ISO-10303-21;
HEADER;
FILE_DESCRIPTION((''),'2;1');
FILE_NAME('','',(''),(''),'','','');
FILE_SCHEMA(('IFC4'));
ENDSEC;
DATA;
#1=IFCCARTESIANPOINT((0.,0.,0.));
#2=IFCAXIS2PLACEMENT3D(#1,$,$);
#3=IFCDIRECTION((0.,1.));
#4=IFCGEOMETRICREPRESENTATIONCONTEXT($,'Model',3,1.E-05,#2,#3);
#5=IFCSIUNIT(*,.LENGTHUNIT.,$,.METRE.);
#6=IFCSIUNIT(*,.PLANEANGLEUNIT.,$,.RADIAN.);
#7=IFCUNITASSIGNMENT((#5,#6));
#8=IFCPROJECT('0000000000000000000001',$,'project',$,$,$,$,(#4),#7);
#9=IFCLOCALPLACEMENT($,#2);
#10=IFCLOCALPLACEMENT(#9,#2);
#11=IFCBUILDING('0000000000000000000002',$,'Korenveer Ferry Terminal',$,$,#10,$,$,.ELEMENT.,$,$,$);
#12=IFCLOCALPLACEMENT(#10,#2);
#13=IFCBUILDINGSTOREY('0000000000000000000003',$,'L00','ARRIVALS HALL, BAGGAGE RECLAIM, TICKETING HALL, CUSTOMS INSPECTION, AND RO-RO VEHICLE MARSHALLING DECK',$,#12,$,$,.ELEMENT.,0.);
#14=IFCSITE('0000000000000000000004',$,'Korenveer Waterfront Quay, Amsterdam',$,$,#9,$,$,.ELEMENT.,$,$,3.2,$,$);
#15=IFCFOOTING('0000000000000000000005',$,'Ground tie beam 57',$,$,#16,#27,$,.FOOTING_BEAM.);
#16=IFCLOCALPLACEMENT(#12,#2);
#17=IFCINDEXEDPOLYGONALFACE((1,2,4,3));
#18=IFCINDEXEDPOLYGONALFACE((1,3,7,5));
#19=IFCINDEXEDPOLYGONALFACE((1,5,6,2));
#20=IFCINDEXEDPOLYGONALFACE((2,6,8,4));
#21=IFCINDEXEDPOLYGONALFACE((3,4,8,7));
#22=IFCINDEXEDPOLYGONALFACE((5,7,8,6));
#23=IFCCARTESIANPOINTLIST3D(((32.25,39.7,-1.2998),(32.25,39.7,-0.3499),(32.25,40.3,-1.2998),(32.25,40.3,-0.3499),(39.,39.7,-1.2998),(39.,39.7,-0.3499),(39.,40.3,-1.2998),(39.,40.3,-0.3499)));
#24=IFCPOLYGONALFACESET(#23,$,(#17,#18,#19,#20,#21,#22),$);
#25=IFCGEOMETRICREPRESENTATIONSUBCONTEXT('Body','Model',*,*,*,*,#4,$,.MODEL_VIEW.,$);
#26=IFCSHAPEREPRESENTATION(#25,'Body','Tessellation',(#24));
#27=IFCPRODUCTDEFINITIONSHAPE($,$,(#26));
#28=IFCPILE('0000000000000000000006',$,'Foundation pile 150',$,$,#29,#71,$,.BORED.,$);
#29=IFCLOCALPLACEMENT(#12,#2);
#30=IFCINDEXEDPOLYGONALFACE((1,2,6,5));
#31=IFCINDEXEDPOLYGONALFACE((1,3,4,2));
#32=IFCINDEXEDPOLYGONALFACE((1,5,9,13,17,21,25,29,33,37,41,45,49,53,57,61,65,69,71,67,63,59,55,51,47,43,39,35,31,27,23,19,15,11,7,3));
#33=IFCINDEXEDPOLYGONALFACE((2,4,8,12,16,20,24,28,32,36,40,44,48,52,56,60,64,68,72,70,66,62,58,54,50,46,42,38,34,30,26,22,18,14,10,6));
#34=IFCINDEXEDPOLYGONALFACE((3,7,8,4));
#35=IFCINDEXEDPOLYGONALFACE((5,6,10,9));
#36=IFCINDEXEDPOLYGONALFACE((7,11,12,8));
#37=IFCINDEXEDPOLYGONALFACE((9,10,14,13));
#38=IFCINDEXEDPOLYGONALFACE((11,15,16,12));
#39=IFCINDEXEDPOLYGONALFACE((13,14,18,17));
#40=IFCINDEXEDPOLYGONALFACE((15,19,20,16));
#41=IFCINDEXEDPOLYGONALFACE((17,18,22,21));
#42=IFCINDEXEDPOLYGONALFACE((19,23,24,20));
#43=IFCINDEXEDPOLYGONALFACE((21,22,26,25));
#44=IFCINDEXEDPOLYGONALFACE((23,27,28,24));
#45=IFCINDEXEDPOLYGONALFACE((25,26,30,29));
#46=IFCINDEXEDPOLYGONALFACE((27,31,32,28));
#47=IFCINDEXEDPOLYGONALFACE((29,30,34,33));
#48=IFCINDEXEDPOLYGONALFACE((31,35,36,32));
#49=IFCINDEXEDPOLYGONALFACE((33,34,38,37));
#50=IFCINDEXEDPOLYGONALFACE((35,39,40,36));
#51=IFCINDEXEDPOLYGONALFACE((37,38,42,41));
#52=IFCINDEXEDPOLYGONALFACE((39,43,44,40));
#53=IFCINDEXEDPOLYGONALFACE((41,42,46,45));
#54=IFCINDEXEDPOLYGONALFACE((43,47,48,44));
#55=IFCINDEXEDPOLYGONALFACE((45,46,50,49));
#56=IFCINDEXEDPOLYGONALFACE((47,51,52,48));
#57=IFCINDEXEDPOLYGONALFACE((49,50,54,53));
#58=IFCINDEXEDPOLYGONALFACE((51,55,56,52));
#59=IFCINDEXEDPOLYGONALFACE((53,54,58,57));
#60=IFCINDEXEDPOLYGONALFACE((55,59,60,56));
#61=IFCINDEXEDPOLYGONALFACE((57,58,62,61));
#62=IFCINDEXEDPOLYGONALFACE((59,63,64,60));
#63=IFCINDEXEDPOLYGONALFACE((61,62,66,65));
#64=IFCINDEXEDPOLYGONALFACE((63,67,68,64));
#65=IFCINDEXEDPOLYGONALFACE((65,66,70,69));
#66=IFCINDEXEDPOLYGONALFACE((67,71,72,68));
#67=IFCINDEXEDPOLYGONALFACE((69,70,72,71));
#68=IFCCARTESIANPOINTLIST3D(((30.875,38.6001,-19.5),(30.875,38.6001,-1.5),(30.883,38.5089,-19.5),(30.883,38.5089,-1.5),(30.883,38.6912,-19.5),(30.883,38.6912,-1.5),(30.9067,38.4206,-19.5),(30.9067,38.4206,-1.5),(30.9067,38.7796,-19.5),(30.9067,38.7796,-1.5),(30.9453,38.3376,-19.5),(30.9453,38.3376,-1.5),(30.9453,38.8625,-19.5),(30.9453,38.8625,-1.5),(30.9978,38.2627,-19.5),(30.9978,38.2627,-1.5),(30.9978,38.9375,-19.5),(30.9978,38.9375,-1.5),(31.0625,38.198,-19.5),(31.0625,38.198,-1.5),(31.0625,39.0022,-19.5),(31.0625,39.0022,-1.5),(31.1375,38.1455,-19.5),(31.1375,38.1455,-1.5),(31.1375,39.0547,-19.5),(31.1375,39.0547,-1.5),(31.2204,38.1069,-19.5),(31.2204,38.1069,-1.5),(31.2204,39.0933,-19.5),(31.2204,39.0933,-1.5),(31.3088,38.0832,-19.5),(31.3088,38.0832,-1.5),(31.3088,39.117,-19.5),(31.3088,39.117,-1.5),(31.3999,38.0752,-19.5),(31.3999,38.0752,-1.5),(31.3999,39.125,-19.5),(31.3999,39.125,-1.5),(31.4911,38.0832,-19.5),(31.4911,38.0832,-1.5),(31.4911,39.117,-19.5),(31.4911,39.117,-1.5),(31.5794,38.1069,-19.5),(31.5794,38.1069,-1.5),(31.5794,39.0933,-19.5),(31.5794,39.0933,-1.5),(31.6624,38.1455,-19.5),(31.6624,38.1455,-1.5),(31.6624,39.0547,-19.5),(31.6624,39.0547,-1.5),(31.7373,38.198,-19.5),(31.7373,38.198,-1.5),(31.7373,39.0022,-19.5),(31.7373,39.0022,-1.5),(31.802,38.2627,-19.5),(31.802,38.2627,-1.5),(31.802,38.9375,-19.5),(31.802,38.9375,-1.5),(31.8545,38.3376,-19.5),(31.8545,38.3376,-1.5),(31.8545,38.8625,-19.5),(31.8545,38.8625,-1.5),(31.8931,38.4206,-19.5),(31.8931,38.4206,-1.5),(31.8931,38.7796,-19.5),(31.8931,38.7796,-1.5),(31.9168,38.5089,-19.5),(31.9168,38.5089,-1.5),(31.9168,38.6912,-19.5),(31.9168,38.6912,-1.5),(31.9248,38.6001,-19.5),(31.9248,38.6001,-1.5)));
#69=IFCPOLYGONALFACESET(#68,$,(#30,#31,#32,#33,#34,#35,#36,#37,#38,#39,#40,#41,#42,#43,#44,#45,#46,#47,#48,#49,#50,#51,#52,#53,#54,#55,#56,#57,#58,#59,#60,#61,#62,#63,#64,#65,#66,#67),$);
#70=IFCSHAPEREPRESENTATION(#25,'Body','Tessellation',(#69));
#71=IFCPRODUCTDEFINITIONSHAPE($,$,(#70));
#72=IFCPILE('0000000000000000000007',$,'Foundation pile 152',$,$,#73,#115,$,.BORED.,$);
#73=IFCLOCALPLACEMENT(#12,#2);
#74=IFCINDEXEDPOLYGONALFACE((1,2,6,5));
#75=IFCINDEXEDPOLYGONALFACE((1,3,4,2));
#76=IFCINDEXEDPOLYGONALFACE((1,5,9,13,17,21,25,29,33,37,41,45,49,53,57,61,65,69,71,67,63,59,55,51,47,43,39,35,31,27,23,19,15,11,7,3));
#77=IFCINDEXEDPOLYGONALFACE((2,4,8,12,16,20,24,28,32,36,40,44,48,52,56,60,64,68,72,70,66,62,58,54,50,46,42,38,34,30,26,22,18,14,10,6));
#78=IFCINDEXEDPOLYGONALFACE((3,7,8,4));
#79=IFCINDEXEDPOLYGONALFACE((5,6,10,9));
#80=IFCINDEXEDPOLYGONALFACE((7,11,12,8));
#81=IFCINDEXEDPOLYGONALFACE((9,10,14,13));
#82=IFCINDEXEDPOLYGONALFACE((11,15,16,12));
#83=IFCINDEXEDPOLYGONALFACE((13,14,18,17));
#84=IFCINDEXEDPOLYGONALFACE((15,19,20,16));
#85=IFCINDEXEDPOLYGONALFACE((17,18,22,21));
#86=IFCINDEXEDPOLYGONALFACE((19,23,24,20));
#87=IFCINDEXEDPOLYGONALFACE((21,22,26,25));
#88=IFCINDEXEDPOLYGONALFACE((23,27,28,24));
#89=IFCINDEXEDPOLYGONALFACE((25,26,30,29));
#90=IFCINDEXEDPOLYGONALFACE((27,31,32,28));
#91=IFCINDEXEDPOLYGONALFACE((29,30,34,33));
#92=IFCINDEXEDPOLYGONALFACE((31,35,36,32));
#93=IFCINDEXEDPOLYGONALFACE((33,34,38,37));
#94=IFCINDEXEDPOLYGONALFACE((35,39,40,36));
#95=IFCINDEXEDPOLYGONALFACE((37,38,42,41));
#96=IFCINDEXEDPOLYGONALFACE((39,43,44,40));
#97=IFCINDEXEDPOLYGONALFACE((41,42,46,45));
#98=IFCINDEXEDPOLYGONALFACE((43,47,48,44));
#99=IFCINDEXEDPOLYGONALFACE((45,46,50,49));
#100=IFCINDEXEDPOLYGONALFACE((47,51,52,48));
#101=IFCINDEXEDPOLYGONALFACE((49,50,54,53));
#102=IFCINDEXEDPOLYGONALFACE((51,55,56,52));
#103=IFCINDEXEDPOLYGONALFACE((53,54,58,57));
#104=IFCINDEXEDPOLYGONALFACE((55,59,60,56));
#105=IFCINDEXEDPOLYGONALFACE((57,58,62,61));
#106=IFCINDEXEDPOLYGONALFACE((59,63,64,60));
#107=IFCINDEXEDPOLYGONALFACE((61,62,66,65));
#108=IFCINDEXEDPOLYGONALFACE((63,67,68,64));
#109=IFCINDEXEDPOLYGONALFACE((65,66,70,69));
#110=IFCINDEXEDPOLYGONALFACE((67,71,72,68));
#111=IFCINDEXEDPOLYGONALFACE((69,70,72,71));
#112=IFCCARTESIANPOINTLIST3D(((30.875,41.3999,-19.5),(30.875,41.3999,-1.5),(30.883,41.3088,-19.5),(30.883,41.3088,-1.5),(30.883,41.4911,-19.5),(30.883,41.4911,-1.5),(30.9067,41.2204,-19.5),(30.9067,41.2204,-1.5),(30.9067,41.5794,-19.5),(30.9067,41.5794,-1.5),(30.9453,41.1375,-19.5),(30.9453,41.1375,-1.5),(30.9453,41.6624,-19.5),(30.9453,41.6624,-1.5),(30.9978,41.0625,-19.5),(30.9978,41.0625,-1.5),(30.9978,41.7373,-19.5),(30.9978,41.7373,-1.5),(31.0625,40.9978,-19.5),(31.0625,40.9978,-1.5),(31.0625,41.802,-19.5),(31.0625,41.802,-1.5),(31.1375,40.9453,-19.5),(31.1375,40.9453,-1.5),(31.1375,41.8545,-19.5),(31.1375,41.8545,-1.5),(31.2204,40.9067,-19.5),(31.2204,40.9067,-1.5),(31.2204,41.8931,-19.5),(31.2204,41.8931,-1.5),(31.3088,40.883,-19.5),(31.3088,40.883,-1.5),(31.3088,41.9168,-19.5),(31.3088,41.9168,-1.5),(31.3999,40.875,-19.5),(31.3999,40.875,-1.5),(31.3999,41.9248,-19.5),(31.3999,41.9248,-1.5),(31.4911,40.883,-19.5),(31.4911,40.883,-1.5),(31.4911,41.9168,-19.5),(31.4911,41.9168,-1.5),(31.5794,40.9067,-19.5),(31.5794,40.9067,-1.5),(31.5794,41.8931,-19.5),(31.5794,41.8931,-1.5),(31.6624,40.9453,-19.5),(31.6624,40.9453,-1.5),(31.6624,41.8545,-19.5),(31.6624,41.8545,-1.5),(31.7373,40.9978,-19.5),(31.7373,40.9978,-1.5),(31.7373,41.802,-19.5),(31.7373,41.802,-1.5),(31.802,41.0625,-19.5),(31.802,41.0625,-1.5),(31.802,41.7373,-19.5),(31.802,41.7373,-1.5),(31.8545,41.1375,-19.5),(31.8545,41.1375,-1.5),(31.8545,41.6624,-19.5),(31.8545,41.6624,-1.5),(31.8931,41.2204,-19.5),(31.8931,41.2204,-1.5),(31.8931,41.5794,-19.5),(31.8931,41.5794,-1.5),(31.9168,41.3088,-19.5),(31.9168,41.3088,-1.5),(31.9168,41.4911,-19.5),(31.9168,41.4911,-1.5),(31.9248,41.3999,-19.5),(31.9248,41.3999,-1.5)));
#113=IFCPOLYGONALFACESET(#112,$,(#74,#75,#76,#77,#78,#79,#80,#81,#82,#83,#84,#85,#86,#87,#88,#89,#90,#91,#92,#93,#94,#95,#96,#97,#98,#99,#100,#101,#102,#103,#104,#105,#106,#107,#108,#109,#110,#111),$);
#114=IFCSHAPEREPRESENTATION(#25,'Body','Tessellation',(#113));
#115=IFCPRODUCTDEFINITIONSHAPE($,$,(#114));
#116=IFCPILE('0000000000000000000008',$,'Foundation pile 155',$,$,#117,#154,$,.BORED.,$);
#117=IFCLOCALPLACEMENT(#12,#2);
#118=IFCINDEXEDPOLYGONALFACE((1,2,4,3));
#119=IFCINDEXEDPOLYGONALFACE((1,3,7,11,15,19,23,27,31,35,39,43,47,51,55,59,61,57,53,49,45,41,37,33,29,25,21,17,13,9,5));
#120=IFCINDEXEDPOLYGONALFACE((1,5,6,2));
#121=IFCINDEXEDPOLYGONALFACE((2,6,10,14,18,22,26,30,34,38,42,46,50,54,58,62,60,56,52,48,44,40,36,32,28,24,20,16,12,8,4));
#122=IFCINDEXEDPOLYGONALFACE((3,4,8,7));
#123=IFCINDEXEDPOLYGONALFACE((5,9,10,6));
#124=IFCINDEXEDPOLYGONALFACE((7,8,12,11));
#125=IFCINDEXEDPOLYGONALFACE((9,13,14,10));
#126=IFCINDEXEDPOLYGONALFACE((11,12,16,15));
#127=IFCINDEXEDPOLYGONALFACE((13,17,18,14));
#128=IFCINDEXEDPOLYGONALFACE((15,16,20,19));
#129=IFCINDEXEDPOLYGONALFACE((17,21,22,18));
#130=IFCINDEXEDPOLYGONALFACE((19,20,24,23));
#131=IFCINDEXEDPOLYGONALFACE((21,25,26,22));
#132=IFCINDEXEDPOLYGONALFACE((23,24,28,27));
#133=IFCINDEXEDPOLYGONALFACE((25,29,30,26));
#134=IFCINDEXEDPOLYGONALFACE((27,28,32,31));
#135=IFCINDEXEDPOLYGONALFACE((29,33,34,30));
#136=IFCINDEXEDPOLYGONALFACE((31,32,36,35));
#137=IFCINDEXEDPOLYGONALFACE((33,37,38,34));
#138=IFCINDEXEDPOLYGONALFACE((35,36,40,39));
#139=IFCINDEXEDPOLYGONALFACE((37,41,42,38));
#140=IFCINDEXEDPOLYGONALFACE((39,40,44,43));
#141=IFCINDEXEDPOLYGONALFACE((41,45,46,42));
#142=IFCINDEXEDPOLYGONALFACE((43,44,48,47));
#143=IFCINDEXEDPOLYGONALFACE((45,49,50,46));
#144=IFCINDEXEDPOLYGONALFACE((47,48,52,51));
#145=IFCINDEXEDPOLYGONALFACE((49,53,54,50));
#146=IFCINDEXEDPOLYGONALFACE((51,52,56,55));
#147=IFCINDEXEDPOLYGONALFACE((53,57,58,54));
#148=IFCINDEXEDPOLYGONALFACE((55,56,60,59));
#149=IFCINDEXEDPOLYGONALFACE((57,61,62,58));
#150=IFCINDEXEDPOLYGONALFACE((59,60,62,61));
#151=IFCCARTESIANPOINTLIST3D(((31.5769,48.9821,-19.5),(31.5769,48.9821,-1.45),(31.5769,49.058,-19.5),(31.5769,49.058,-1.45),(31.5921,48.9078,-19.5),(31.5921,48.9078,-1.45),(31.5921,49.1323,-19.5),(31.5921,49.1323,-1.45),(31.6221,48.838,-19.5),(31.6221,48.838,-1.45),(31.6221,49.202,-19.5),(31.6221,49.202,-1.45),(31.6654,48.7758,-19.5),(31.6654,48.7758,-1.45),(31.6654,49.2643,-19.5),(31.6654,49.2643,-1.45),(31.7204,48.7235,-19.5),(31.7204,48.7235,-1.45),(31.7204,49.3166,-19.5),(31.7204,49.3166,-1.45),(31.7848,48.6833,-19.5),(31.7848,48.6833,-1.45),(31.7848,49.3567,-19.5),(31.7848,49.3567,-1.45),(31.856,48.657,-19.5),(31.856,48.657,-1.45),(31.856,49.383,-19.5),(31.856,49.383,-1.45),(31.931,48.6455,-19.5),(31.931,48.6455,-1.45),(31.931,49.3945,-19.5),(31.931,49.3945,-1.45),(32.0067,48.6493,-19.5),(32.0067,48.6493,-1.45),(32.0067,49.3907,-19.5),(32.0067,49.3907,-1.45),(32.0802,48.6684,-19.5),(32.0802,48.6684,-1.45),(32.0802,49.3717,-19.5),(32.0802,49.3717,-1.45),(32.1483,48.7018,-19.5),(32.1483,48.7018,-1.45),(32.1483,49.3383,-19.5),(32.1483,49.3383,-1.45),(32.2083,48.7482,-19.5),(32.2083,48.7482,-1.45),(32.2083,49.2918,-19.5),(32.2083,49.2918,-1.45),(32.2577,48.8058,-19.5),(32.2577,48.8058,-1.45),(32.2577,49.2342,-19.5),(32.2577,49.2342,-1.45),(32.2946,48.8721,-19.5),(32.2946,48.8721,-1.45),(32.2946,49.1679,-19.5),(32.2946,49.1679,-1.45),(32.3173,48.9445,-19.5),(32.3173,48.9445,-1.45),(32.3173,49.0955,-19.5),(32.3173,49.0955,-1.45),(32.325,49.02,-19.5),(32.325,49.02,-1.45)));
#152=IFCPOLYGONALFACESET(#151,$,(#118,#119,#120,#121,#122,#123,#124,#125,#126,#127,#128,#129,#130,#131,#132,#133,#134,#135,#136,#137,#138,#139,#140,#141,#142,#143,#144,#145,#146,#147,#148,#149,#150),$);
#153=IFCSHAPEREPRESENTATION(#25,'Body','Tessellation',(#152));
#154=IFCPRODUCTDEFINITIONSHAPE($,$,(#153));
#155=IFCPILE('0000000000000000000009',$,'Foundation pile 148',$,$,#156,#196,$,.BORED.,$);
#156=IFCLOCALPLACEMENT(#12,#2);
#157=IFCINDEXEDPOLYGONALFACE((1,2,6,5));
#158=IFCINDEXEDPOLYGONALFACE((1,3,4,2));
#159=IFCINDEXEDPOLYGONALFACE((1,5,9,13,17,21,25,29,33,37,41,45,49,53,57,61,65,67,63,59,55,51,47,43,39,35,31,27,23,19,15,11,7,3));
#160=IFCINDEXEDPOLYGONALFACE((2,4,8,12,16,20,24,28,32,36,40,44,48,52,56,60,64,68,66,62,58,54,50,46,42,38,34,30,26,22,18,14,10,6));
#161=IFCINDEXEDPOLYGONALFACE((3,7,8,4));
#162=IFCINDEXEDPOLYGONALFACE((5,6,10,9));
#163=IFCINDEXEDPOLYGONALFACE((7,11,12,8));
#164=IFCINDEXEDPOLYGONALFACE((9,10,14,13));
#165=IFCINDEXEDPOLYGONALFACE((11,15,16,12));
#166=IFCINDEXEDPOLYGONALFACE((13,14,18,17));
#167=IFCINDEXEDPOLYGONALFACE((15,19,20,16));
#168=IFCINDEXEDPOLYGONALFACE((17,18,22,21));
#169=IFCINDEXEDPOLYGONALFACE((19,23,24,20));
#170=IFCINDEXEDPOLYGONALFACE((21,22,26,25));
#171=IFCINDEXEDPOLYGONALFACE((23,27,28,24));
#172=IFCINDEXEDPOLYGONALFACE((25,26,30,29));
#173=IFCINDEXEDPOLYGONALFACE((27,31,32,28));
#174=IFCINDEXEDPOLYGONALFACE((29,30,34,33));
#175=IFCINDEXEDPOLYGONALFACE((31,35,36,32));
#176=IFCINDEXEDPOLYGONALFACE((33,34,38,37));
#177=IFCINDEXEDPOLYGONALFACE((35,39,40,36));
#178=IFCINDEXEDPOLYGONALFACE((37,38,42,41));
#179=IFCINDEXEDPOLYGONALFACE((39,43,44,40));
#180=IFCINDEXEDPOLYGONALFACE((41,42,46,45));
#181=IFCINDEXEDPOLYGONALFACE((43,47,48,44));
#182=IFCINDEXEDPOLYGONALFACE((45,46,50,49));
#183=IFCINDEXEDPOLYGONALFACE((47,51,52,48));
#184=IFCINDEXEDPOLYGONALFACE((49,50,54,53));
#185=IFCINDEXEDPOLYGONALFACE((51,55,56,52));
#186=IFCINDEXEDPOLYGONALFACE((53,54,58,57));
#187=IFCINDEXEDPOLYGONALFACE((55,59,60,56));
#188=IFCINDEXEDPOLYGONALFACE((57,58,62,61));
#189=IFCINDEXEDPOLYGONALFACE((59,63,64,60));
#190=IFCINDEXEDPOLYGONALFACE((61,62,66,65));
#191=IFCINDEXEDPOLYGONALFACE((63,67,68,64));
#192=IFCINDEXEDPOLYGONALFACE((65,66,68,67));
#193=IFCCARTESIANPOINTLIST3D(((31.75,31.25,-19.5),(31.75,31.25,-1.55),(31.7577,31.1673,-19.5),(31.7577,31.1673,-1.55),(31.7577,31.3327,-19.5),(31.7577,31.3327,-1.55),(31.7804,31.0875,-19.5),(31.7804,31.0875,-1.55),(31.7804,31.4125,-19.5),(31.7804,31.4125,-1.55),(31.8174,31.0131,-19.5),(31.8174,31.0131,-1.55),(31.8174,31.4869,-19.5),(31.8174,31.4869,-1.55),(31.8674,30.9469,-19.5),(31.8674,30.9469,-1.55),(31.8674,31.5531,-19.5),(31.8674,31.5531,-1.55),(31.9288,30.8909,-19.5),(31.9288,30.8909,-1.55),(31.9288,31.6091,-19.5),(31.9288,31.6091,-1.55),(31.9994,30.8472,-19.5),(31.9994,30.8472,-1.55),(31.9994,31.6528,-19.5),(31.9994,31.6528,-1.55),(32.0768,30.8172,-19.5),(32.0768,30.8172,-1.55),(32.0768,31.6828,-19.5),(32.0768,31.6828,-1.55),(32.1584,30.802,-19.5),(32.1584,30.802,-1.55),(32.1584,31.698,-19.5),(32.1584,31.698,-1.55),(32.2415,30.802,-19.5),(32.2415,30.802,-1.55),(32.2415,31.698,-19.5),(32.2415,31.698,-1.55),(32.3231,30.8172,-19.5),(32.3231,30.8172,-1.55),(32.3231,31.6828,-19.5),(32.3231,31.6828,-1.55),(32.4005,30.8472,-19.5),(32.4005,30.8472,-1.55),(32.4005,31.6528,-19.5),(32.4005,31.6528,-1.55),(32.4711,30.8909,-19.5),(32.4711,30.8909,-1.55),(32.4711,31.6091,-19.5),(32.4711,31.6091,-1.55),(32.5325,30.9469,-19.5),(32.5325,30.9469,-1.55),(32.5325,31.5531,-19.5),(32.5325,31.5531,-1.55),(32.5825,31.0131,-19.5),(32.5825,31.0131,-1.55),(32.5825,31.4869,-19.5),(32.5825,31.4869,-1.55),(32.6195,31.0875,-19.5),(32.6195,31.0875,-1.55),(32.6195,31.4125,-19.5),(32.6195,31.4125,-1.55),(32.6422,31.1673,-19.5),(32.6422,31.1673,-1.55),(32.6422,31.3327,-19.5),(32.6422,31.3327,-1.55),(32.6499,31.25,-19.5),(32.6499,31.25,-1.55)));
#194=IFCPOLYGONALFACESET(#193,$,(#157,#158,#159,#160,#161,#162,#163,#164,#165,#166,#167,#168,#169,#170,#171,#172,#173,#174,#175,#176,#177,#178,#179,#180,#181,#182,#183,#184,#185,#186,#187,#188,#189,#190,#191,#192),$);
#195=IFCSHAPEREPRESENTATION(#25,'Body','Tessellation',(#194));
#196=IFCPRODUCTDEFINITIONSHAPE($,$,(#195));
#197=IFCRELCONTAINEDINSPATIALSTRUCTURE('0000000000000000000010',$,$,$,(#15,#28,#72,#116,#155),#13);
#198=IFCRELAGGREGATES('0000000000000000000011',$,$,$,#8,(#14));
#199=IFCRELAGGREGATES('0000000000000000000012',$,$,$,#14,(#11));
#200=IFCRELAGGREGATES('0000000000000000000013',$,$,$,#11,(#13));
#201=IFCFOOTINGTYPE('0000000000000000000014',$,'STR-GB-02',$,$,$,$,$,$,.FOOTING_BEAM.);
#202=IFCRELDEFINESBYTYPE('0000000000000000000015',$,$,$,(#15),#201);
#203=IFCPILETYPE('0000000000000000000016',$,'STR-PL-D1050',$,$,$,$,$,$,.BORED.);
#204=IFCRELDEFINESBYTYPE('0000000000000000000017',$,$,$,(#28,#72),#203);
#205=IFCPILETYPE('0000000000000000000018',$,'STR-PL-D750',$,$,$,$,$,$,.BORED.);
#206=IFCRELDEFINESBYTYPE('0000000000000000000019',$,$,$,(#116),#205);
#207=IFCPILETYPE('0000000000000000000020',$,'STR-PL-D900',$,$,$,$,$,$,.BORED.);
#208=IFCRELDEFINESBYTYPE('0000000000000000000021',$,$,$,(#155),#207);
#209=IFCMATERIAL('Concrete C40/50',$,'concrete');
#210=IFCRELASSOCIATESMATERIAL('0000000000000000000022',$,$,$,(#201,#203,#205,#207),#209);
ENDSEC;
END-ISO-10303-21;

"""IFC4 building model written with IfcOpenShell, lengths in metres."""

from ifc_helpers import new_model, si_unit, direction, frame, origin, origin_2d, place, context, subcontext, project, spatial, rectangle, circle, extrude, material, material_profile, profile_set, type_object, element, save


model = new_model("IFC4")

# Units and contexts
model_context = context("Model", 3, precision=1e-05, world=origin(), true_north=direction((0.0, 1.0)))
body_context = subcontext(model_context, "Body", "Model", "MODEL_VIEW")
ifc_project = project(units=[si_unit("LENGTHUNIT", "METRE"), si_unit("PLANEANGLEUNIT", "RADIAN")], contexts=[model_context])

# Site, building, storey
site_placement = place(None, origin())
site = spatial("IfcSite", under=ifc_project, at=site_placement, Name="Korenveer Waterfront Quay, Amsterdam", CompositionType="ELEMENT", RefElevation=3.2)
building_placement = place(site_placement, origin())
building = spatial("IfcBuilding", under=site, at=building_placement, Name="Korenveer Ferry Terminal", CompositionType="ELEMENT")
storey_placement = place(building_placement, origin())
storey = spatial("IfcBuildingStorey", under=building, at=storey_placement, Name="L00", Description="ARRIVALS HALL, BAGGAGE RECLAIM, TICKETING HALL, CUSTOMS INSPECTION, AND RO-RO VEHICLE MARSHALLING DECK", CompositionType="ELEMENT", Elevation=0.0)

# Footing
ifc_material_1 = material(Name="Concrete C40/50", Category="concrete")
footing_type = type_object("IfcFootingType", Name="STR-GB-02", PredefinedType="FOOTING_BEAM", material=ifc_material_1)
footing_placement = place(storey_placement, frame((35.625, 40.0, -1.2998), z_axis=(0.0, 0.0, 1.0), x_axis=(1.0, 0.0, 0.0)))
element("IfcFooting", 1, at=footing_placement, inside=storey, type_object=footing_type, Name="Ground tie beam 57", PredefinedType="FOOTING_BEAM", context=body_context, shape_type="SweptSolid", body=[
    extrude(rectangle(XDim=6.75, YDim=0.6001, at=origin_2d()), origin(), (0.0, 0.0, 1.0), 0.95),
])

# Piles
ifc_material_profile_1 = material_profile(ifc_material_1, circle(Radius=0.5249, at=origin_2d()), Name="PILE D1050")
ifc_profile_set_1 = profile_set([ifc_material_profile_1], Name="Concrete C40/50")
pile_type_1 = type_object("IfcPileType", Name="STR-PL-D1050", PredefinedType="BORED", material=ifc_profile_set_1)
for number, where, z_axis, x_axis, name in (
    (2, (31.3999, 38.6001, -1.5), (0.0, 0.0, -1.0), (1.0, 0.0, 0.0), "Foundation pile 150"),
    (3, (31.3999, 41.3999, -1.5), (0.0, 0.0, -1.0), (1.0, 0.0, 0.0), "Foundation pile 152"),
):
    element("IfcPile", number, at=place(storey_placement, frame(where, z_axis=z_axis, x_axis=x_axis)), inside=storey, type_object=pile_type_1, Name=name, PredefinedType="BORED", context=body_context, shape_type="SweptSolid", body=[
        extrude(circle(Radius=0.5249, at=origin_2d()), origin(), (0.0, 0.0, 1.0), 18.0),
    ])
ifc_material_profile_2 = material_profile(ifc_material_1, circle(Radius=0.375, at=origin_2d()), Name="PILE D750")
ifc_profile_set_2 = profile_set([ifc_material_profile_2], Name="Concrete C40/50")
pile_type_2 = type_object("IfcPileType", Name="STR-PL-D750", PredefinedType="BORED", material=ifc_profile_set_2)
pile_1_placement = place(storey_placement, frame((31.95, 49.02, -1.45), z_axis=(0.0, 0.0, -1.0), x_axis=(1.0, 0.0, 0.0)))
element("IfcPile", 4, at=pile_1_placement, inside=storey, type_object=pile_type_2, Name="Foundation pile 155", PredefinedType="BORED", context=body_context, shape_type="SweptSolid", body=[
    extrude(circle(Radius=0.375, at=origin_2d()), origin(), (0.0, 0.0, 1.0), 18.05),
])
ifc_material_profile_3 = material_profile(ifc_material_1, circle(Radius=0.45, at=origin_2d()), Name="PILE D900")
ifc_profile_set_3 = profile_set([ifc_material_profile_3], Name="Concrete C40/50")
pile_type_3 = type_object("IfcPileType", Name="STR-PL-D900", PredefinedType="BORED", material=ifc_profile_set_3)
pile_2_placement = place(storey_placement, frame((32.2, 31.25, -1.55), z_axis=(0.0, 0.0, -1.0), x_axis=(1.0, 0.0, 0.0)))
element("IfcPile", 5, at=pile_2_placement, inside=storey, type_object=pile_type_3, Name="Foundation pile 148", PredefinedType="BORED", context=body_context, shape_type="SweptSolid", body=[
    extrude(circle(Radius=0.45, at=origin_2d()), origin(), (0.0, 0.0, 1.0), 17.95),
])

save(model, "model.ifc")
